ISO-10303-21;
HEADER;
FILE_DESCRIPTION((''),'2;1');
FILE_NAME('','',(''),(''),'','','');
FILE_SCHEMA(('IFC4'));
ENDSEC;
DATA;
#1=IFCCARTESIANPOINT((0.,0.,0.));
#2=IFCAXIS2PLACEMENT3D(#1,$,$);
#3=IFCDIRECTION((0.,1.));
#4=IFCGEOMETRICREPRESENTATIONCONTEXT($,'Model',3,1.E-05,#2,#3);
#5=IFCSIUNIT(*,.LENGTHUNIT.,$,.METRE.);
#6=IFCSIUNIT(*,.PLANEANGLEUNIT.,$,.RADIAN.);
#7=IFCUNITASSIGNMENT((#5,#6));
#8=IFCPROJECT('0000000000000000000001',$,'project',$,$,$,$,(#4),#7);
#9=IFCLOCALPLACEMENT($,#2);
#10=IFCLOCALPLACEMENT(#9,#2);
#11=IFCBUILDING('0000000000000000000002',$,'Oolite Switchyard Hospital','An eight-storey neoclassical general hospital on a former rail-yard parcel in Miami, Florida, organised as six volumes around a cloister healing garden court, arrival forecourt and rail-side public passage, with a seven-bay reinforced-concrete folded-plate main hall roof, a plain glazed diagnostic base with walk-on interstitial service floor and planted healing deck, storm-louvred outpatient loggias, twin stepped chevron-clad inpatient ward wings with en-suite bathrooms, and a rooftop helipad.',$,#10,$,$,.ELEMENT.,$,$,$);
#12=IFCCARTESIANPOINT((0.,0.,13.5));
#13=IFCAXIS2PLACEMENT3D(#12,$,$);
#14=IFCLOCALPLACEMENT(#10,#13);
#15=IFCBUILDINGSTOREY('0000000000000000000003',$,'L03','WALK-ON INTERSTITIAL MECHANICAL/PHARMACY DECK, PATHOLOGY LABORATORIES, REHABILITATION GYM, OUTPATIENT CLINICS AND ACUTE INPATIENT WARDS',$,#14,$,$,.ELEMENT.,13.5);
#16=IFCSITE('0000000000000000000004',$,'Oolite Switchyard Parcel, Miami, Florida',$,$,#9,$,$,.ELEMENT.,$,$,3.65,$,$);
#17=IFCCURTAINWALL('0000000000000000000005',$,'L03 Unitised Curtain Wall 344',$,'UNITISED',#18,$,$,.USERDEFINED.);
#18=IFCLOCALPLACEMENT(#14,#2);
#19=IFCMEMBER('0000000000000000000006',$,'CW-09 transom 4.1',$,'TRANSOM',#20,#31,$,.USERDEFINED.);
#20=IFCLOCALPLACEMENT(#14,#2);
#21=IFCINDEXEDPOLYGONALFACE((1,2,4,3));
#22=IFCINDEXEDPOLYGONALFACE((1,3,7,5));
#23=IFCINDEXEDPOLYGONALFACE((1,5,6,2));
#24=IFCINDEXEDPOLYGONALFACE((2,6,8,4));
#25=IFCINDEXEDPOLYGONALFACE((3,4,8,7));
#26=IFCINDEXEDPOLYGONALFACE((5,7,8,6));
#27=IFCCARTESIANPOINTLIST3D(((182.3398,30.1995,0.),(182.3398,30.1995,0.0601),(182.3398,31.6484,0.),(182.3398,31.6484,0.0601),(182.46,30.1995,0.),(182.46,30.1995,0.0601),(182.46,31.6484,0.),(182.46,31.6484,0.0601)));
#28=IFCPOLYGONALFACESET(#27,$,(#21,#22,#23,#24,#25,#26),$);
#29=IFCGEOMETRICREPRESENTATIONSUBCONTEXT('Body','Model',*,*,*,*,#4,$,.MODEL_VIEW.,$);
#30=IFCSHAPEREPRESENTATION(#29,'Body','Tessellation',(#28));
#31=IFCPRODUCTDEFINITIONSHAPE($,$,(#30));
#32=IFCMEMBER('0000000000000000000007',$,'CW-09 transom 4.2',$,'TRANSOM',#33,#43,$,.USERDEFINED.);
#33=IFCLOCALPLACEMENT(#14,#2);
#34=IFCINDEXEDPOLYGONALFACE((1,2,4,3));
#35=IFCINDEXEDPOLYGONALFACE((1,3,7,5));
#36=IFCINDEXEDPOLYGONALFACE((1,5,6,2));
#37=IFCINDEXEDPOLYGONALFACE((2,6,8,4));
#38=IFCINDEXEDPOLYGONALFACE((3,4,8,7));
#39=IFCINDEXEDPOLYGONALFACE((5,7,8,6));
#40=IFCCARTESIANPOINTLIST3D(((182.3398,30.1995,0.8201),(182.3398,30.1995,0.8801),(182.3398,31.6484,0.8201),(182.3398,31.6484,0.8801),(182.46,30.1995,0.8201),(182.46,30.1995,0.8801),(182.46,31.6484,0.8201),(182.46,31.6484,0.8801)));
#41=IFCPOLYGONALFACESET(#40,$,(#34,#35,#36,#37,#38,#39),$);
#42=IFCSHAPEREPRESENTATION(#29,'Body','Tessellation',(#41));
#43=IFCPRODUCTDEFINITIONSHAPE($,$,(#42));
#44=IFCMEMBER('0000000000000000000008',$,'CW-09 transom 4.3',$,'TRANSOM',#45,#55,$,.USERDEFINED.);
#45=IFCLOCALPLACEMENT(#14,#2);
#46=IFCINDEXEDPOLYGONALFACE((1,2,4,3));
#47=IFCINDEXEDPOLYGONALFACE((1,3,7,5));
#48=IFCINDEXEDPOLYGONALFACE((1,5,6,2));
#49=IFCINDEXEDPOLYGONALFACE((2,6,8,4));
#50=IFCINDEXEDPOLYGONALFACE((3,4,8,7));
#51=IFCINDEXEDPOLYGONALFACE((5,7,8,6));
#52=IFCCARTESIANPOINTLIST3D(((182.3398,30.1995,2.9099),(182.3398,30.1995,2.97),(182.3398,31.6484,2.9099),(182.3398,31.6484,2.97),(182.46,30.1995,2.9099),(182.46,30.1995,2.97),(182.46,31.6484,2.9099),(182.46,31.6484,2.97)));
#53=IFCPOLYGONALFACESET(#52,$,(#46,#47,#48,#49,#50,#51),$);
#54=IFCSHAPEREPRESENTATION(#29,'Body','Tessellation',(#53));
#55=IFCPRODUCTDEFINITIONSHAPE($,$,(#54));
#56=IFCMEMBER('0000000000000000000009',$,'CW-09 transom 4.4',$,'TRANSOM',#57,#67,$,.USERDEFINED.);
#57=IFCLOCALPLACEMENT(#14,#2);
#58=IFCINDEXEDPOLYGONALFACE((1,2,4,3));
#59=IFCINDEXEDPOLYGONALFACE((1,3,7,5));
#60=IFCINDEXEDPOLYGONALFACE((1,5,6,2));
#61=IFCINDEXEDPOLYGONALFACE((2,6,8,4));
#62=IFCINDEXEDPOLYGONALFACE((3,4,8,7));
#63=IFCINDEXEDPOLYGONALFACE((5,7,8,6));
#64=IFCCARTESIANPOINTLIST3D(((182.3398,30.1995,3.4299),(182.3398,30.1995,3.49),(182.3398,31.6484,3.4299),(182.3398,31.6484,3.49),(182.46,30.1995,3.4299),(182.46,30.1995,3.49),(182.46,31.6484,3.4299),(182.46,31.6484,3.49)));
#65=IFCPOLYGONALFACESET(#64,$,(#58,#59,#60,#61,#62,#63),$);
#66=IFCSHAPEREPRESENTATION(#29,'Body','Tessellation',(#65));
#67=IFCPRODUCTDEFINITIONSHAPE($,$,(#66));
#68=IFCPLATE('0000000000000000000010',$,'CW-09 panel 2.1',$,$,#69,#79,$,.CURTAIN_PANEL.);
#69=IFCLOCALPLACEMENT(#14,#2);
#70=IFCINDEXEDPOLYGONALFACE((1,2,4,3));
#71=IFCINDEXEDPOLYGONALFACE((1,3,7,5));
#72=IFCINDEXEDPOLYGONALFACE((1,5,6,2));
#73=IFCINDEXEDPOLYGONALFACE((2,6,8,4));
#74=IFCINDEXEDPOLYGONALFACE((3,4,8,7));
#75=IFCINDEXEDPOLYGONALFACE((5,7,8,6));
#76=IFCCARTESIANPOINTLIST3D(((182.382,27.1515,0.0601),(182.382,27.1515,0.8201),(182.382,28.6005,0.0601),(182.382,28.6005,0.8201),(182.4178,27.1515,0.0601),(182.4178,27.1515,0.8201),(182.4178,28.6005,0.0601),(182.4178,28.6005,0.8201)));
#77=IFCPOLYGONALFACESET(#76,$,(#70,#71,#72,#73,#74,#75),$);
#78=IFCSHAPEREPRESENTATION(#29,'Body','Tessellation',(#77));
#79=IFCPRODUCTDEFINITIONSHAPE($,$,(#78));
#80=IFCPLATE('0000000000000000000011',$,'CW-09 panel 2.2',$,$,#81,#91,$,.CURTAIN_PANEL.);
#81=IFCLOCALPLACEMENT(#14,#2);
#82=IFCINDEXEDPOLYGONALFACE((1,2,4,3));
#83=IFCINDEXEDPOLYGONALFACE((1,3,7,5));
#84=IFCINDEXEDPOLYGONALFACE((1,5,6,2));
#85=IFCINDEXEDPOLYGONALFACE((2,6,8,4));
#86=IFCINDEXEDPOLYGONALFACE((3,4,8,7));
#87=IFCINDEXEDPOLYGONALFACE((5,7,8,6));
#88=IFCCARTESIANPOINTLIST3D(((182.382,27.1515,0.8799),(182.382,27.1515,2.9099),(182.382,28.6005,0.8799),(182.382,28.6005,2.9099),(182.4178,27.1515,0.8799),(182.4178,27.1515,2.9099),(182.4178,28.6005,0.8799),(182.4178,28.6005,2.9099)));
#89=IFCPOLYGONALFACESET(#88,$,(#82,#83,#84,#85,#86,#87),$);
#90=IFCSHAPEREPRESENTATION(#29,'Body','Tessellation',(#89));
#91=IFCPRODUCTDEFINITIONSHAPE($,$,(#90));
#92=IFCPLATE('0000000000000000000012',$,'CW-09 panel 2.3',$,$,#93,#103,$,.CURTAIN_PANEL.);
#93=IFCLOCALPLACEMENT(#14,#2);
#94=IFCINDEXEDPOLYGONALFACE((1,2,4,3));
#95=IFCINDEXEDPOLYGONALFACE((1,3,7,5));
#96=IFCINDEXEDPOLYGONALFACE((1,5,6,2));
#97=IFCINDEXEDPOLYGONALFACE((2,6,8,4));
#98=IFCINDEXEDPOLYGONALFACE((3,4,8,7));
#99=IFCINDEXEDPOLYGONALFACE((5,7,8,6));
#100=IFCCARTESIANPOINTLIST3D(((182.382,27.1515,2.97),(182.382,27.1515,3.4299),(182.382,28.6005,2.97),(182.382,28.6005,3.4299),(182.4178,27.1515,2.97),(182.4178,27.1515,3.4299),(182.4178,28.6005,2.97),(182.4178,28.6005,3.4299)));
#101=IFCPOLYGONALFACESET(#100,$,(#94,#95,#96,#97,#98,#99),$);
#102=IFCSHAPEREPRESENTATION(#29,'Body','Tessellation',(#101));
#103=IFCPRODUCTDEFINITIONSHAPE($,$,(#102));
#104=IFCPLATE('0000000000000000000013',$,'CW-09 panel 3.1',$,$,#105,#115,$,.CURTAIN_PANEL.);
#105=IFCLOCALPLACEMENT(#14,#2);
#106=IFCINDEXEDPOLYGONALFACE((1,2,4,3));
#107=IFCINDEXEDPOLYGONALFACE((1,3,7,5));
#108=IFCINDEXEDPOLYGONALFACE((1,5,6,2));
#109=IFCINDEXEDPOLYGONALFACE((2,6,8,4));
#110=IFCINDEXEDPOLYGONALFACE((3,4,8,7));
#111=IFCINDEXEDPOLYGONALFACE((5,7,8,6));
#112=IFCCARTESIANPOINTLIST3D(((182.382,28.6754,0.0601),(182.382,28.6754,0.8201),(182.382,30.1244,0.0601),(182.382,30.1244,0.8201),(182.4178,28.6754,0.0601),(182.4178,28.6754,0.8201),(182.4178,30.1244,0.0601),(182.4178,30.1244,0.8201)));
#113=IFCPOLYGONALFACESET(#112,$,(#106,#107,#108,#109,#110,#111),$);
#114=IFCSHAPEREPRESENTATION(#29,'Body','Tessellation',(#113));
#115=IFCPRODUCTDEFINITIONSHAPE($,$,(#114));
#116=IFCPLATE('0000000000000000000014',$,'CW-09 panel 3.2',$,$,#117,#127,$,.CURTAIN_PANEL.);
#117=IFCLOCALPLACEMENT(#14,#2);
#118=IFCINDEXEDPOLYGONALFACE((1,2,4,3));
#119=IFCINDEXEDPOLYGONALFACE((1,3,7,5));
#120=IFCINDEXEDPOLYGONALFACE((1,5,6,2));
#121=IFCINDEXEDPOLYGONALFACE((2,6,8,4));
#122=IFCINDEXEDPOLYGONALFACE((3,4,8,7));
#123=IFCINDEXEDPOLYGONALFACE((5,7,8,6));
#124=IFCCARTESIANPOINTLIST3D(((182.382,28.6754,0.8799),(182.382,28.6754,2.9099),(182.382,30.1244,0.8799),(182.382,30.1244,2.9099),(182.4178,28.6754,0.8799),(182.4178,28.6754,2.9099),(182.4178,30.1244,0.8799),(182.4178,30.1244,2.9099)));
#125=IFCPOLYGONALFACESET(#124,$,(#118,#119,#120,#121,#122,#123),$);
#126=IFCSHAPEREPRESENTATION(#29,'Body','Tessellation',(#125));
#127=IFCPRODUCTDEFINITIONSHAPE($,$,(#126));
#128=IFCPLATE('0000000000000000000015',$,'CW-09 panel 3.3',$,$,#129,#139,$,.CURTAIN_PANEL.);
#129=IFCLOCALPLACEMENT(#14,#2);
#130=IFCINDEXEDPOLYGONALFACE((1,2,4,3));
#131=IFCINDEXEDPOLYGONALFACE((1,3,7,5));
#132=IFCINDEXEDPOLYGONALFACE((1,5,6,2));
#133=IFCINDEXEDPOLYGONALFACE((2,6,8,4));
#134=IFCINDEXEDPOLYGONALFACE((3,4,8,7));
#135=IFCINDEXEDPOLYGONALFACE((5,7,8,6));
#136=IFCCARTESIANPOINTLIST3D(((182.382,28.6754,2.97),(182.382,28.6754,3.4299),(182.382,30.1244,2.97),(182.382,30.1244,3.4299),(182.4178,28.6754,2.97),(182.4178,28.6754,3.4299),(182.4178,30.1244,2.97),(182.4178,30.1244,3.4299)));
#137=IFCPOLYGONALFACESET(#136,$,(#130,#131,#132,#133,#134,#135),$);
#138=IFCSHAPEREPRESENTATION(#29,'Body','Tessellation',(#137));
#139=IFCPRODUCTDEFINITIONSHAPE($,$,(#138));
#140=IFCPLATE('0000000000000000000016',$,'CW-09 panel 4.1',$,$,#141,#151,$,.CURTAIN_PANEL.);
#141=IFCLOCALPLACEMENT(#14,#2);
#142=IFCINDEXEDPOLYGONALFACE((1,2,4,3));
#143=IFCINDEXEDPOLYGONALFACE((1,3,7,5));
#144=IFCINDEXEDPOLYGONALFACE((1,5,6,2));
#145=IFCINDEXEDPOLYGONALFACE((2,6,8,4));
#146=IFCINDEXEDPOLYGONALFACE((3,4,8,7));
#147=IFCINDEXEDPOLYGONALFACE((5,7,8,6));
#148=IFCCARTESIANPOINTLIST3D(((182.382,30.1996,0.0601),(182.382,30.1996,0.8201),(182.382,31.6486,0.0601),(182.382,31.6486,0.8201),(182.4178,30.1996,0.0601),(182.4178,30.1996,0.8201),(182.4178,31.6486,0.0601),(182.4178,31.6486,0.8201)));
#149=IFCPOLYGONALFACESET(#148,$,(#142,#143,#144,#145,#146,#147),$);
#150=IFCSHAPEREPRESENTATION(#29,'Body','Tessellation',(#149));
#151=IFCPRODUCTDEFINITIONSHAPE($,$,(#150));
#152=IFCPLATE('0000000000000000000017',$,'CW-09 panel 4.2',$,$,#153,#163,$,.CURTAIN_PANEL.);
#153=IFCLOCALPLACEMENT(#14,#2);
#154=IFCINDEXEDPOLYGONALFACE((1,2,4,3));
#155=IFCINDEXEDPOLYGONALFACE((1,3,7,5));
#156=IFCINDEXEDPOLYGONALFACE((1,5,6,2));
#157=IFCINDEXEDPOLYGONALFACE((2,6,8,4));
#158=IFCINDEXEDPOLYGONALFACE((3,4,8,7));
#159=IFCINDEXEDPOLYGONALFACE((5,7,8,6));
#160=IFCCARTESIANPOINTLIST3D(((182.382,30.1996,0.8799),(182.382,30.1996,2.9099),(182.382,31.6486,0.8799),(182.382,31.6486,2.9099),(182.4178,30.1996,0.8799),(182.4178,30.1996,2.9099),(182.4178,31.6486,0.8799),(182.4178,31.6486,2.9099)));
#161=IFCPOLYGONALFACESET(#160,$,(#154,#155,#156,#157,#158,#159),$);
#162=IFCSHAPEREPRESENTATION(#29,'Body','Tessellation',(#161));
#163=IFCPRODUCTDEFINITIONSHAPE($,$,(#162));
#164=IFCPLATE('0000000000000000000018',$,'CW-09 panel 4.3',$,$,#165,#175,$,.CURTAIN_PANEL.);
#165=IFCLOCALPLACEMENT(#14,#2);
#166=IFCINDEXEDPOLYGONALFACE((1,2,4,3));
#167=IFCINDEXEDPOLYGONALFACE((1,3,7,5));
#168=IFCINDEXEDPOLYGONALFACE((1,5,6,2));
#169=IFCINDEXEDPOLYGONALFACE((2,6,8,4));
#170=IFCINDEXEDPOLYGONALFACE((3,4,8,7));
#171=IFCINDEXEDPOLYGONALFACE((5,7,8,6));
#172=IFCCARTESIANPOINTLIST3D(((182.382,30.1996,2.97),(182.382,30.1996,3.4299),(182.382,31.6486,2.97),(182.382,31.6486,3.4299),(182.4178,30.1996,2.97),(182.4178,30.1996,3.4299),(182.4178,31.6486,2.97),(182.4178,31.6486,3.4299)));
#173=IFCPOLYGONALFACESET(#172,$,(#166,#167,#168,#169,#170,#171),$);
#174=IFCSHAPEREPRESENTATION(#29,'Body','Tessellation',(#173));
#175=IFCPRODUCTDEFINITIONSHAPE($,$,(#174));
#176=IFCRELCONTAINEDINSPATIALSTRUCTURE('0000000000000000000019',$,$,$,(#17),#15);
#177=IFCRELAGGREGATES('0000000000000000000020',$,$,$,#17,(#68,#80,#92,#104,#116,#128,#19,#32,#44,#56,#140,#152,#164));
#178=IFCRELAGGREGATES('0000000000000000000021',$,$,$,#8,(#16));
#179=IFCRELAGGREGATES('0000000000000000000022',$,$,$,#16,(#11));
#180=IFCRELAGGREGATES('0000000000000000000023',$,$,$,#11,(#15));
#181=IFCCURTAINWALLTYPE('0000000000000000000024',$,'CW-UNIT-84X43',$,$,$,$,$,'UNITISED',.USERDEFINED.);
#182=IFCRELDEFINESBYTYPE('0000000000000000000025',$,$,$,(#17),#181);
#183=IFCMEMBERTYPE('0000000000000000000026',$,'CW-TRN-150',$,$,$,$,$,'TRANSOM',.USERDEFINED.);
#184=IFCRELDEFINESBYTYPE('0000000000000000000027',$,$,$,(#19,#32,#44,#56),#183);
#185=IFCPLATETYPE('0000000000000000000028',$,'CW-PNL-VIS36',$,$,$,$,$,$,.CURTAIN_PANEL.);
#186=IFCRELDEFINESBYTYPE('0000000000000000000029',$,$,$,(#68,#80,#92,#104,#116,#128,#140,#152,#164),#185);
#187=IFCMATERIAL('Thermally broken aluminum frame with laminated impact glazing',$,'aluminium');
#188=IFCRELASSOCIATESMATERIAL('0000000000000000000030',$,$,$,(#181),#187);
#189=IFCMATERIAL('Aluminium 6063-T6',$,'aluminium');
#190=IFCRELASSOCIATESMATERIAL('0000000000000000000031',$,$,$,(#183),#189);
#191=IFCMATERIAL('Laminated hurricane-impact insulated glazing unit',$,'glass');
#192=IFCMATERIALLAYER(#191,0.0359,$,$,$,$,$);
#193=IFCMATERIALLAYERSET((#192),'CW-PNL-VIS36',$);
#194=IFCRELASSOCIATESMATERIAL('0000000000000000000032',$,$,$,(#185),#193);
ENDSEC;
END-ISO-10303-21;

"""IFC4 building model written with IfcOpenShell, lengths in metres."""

from ifc_helpers import new_model, si_unit, direction, frame, origin, origin_2d, place, context, subcontext, project, spatial, rectangle, extrude, material, layer, layer_set, material_profile, profile_set, type_object, element, aggregate, save


model = new_model("IFC4")

# Units and contexts
model_context = context("Model", 3, precision=1e-05, world=origin(), true_north=direction((0.0, 1.0)))
body_context = subcontext(model_context, "Body", "Model", "MODEL_VIEW")
ifc_project = project(units=[si_unit("LENGTHUNIT", "METRE"), si_unit("PLANEANGLEUNIT", "RADIAN")], contexts=[model_context])

# Site, building, storey
site_placement = place(None, origin())
site = spatial("IfcSite", under=ifc_project, at=site_placement, Name="Oolite Switchyard Parcel, Miami, Florida", CompositionType="ELEMENT", RefElevation=3.65)
building_placement = place(site_placement, origin())
building = spatial("IfcBuilding", under=site, at=building_placement, Name="Oolite Switchyard Hospital", Description="An eight-storey neoclassical general hospital on a former rail-yard parcel in Miami, Florida, organised as six volumes around a cloister healing garden court, arrival forecourt and rail-side public passage, with a seven-bay reinforced-concrete folded-plate main hall roof, a plain glazed diagnostic base with walk-on interstitial service floor and planted healing deck, storm-louvred outpatient loggias, twin stepped chevron-clad inpatient ward wings with en-suite bathrooms, and a rooftop helipad.", CompositionType="ELEMENT")
storey_placement = place(building_placement, frame((0.0, 0.0, 13.5)))
storey = spatial("IfcBuildingStorey", under=building, at=storey_placement, Name="L03", Description="WALK-ON INTERSTITIAL MECHANICAL/PHARMACY DECK, PATHOLOGY LABORATORIES, REHABILITATION GYM, OUTPATIENT CLINICS AND ACUTE INPATIENT WARDS", CompositionType="ELEMENT", Elevation=13.5)

# Curtain wall, members, plates
ifc_material_1 = material(Name="Thermally broken aluminum frame with laminated impact glazing", Category="aluminium")
curtain_wall_type = type_object("IfcCurtainWallType", Name="CW-UNIT-84X43", ElementType="UNITISED", PredefinedType="USERDEFINED", material=ifc_material_1)
curtain_wall_placement = place(storey_placement, origin())
curtain_wall = element("IfcCurtainWall", 1, at=curtain_wall_placement, inside=storey, type_object=curtain_wall_type, Name="L03 Unitised Curtain Wall 344", ObjectType="UNITISED", PredefinedType="USERDEFINED")
ifc_material_2 = material(Name="Aluminium 6063-T6", Category="aluminium")
ifc_material_profile_1 = material_profile(ifc_material_2, rectangle(XDim=0.1201, YDim=0.0601, at=origin_2d()), Name="CWT60X120")
ifc_profile_set_1 = profile_set([ifc_material_profile_1], Name="Aluminium 6063-T6")
member_type_1 = type_object("IfcMemberType", Name="CW-TRN-150", ElementType="TRANSOM", PredefinedType="USERDEFINED", material=ifc_profile_set_1)
member_1_placement = place(storey_placement, frame((182.3999, 30.1995, 0.03), z_axis=(0.0, 1.0, 0.0), x_axis=(-1.0, 0.0, 0.0)))
member_1 = element("IfcMember", 2, at=member_1_placement, type_object=member_type_1, Name="CW-09 transom 4.1", ObjectType="TRANSOM", PredefinedType="USERDEFINED", context=body_context, shape_type="SweptSolid", body=[
    extrude(rectangle(XDim=0.1201, YDim=0.0601, at=origin_2d()), origin(), (0.0, 0.0, 1.0), 1.449),
])
member_2_placement = place(storey_placement, frame((182.3999, 30.1995, 0.8501), z_axis=(0.0, 1.0, 0.0), x_axis=(-1.0, 0.0, 0.0)))
member_2 = element("IfcMember", 3, at=member_2_placement, type_object=member_type_1, Name="CW-09 transom 4.2", ObjectType="TRANSOM", PredefinedType="USERDEFINED", context=body_context, shape_type="SweptSolid", body=[
    extrude(rectangle(XDim=0.1201, YDim=0.0601, at=origin_2d()), origin(), (0.0, 0.0, 1.0), 1.449),
])
member_3_placement = place(storey_placement, frame((182.3999, 30.1995, 2.9399), z_axis=(0.0, 1.0, 0.0), x_axis=(-1.0, 0.0, 0.0)))
member_3 = element("IfcMember", 4, at=member_3_placement, type_object=member_type_1, Name="CW-09 transom 4.3", ObjectType="TRANSOM", PredefinedType="USERDEFINED", context=body_context, shape_type="SweptSolid", body=[
    extrude(rectangle(XDim=0.1201, YDim=0.0601, at=origin_2d()), origin(), (0.0, 0.0, 1.0), 1.449),
])
member_4_placement = place(storey_placement, frame((182.3999, 30.1995, 3.46), z_axis=(0.0, 1.0, 0.0), x_axis=(-1.0, 0.0, 0.0)))
member_4 = element("IfcMember", 5, at=member_4_placement, type_object=member_type_1, Name="CW-09 transom 4.4", ObjectType="TRANSOM", PredefinedType="USERDEFINED", context=body_context, shape_type="SweptSolid", body=[
    extrude(rectangle(XDim=0.1201, YDim=0.0601, at=origin_2d()), origin(), (0.0, 0.0, 1.0), 1.449),
])
ifc_material_3 = material(Name="Laminated hurricane-impact insulated glazing unit", Category="glass")
ifc_layer = layer(ifc_material_3, 0.0359)
ifc_layer_set = layer_set([ifc_layer], Name="CW-PNL-VIS36")
plate_type = type_object("IfcPlateType", Name="CW-PNL-VIS36", PredefinedType="CURTAIN_PANEL", material=ifc_layer_set)
plate_1_placement = place(storey_placement, frame((182.3999, 27.876, 0.0601), z_axis=(0.0, 0.0, 1.0), x_axis=(0.0, 1.0, 0.0)))
plate_1 = element("IfcPlate", 6, at=plate_1_placement, type_object=plate_type, Name="CW-09 panel 2.1", PredefinedType="CURTAIN_PANEL", context=body_context, shape_type="SweptSolid", body=[
    extrude(rectangle(XDim=1.449, YDim=0.0359, at=origin_2d()), origin(), (0.0, 0.0, 1.0), 0.76),
])
plate_2_placement = place(storey_placement, frame((182.3999, 27.876, 0.8799), z_axis=(0.0, 0.0, 1.0), x_axis=(0.0, 1.0, 0.0)))
plate_2 = element("IfcPlate", 7, at=plate_2_placement, type_object=plate_type, Name="CW-09 panel 2.2", PredefinedType="CURTAIN_PANEL", context=body_context, shape_type="SweptSolid", body=[
    extrude(rectangle(XDim=1.449, YDim=0.0359, at=origin_2d()), origin(), (0.0, 0.0, 1.0), 2.03),
])
plate_3_placement = place(storey_placement, frame((182.3999, 27.876, 2.97), z_axis=(0.0, 0.0, 1.0), x_axis=(0.0, 1.0, 0.0)))
plate_3 = element("IfcPlate", 8, at=plate_3_placement, type_object=plate_type, Name="CW-09 panel 2.3", PredefinedType="CURTAIN_PANEL", context=body_context, shape_type="SweptSolid", body=[
    extrude(rectangle(XDim=1.449, YDim=0.0359, at=origin_2d()), origin(), (0.0, 0.0, 1.0), 0.46),
])
plate_4_placement = place(storey_placement, frame((182.3999, 29.3999, 0.0601), z_axis=(0.0, 0.0, 1.0), x_axis=(0.0, 1.0, 0.0)))
plate_4 = element("IfcPlate", 9, at=plate_4_placement, type_object=plate_type, Name="CW-09 panel 3.1", PredefinedType="CURTAIN_PANEL", context=body_context, shape_type="SweptSolid", body=[
    extrude(rectangle(XDim=1.449, YDim=0.0359, at=origin_2d()), origin(), (0.0, 0.0, 1.0), 0.76),
])
plate_5_placement = place(storey_placement, frame((182.3999, 29.3999, 0.8799), z_axis=(0.0, 0.0, 1.0), x_axis=(0.0, 1.0, 0.0)))
plate_5 = element("IfcPlate", 10, at=plate_5_placement, type_object=plate_type, Name="CW-09 panel 3.2", PredefinedType="CURTAIN_PANEL", context=body_context, shape_type="SweptSolid", body=[
    extrude(rectangle(XDim=1.449, YDim=0.0359, at=origin_2d()), origin(), (0.0, 0.0, 1.0), 2.03),
])
plate_6_placement = place(storey_placement, frame((182.3999, 29.3999, 2.97), z_axis=(0.0, 0.0, 1.0), x_axis=(0.0, 1.0, 0.0)))
plate_6 = element("IfcPlate", 11, at=plate_6_placement, type_object=plate_type, Name="CW-09 panel 3.3", PredefinedType="CURTAIN_PANEL", context=body_context, shape_type="SweptSolid", body=[
    extrude(rectangle(XDim=1.449, YDim=0.0359, at=origin_2d()), origin(), (0.0, 0.0, 1.0), 0.46),
])
plate_7_placement = place(storey_placement, frame((182.3999, 30.9241, 0.0601), z_axis=(0.0, 0.0, 1.0), x_axis=(0.0, 1.0, 0.0)))
plate_7 = element("IfcPlate", 12, at=plate_7_placement, type_object=plate_type, Name="CW-09 panel 4.1", PredefinedType="CURTAIN_PANEL", context=body_context, shape_type="SweptSolid", body=[
    extrude(rectangle(XDim=1.449, YDim=0.0359, at=origin_2d()), origin(), (0.0, 0.0, 1.0), 0.76),
])
plate_8_placement = place(storey_placement, frame((182.3999, 30.9241, 0.8799), z_axis=(0.0, 0.0, 1.0), x_axis=(0.0, 1.0, 0.0)))
plate_8 = element("IfcPlate", 13, at=plate_8_placement, type_object=plate_type, Name="CW-09 panel 4.2", PredefinedType="CURTAIN_PANEL", context=body_context, shape_type="SweptSolid", body=[
    extrude(rectangle(XDim=1.449, YDim=0.0359, at=origin_2d()), origin(), (0.0, 0.0, 1.0), 2.03),
])
plate_9_placement = place(storey_placement, frame((182.3999, 30.9241, 2.97), z_axis=(0.0, 0.0, 1.0), x_axis=(0.0, 1.0, 0.0)))
plate_9 = element("IfcPlate", 14, at=plate_9_placement, type_object=plate_type, Name="CW-09 panel 4.3", PredefinedType="CURTAIN_PANEL", context=body_context, shape_type="SweptSolid", body=[
    extrude(rectangle(XDim=1.449, YDim=0.0359, at=origin_2d()), origin(), (0.0, 0.0, 1.0), 0.46),
])
aggregate(curtain_wall, [plate_1, plate_2, plate_3, plate_4, plate_5, plate_6, member_1, member_2, member_3, member_4, plate_7, plate_8, plate_9])

save(model, "model.ifc")
